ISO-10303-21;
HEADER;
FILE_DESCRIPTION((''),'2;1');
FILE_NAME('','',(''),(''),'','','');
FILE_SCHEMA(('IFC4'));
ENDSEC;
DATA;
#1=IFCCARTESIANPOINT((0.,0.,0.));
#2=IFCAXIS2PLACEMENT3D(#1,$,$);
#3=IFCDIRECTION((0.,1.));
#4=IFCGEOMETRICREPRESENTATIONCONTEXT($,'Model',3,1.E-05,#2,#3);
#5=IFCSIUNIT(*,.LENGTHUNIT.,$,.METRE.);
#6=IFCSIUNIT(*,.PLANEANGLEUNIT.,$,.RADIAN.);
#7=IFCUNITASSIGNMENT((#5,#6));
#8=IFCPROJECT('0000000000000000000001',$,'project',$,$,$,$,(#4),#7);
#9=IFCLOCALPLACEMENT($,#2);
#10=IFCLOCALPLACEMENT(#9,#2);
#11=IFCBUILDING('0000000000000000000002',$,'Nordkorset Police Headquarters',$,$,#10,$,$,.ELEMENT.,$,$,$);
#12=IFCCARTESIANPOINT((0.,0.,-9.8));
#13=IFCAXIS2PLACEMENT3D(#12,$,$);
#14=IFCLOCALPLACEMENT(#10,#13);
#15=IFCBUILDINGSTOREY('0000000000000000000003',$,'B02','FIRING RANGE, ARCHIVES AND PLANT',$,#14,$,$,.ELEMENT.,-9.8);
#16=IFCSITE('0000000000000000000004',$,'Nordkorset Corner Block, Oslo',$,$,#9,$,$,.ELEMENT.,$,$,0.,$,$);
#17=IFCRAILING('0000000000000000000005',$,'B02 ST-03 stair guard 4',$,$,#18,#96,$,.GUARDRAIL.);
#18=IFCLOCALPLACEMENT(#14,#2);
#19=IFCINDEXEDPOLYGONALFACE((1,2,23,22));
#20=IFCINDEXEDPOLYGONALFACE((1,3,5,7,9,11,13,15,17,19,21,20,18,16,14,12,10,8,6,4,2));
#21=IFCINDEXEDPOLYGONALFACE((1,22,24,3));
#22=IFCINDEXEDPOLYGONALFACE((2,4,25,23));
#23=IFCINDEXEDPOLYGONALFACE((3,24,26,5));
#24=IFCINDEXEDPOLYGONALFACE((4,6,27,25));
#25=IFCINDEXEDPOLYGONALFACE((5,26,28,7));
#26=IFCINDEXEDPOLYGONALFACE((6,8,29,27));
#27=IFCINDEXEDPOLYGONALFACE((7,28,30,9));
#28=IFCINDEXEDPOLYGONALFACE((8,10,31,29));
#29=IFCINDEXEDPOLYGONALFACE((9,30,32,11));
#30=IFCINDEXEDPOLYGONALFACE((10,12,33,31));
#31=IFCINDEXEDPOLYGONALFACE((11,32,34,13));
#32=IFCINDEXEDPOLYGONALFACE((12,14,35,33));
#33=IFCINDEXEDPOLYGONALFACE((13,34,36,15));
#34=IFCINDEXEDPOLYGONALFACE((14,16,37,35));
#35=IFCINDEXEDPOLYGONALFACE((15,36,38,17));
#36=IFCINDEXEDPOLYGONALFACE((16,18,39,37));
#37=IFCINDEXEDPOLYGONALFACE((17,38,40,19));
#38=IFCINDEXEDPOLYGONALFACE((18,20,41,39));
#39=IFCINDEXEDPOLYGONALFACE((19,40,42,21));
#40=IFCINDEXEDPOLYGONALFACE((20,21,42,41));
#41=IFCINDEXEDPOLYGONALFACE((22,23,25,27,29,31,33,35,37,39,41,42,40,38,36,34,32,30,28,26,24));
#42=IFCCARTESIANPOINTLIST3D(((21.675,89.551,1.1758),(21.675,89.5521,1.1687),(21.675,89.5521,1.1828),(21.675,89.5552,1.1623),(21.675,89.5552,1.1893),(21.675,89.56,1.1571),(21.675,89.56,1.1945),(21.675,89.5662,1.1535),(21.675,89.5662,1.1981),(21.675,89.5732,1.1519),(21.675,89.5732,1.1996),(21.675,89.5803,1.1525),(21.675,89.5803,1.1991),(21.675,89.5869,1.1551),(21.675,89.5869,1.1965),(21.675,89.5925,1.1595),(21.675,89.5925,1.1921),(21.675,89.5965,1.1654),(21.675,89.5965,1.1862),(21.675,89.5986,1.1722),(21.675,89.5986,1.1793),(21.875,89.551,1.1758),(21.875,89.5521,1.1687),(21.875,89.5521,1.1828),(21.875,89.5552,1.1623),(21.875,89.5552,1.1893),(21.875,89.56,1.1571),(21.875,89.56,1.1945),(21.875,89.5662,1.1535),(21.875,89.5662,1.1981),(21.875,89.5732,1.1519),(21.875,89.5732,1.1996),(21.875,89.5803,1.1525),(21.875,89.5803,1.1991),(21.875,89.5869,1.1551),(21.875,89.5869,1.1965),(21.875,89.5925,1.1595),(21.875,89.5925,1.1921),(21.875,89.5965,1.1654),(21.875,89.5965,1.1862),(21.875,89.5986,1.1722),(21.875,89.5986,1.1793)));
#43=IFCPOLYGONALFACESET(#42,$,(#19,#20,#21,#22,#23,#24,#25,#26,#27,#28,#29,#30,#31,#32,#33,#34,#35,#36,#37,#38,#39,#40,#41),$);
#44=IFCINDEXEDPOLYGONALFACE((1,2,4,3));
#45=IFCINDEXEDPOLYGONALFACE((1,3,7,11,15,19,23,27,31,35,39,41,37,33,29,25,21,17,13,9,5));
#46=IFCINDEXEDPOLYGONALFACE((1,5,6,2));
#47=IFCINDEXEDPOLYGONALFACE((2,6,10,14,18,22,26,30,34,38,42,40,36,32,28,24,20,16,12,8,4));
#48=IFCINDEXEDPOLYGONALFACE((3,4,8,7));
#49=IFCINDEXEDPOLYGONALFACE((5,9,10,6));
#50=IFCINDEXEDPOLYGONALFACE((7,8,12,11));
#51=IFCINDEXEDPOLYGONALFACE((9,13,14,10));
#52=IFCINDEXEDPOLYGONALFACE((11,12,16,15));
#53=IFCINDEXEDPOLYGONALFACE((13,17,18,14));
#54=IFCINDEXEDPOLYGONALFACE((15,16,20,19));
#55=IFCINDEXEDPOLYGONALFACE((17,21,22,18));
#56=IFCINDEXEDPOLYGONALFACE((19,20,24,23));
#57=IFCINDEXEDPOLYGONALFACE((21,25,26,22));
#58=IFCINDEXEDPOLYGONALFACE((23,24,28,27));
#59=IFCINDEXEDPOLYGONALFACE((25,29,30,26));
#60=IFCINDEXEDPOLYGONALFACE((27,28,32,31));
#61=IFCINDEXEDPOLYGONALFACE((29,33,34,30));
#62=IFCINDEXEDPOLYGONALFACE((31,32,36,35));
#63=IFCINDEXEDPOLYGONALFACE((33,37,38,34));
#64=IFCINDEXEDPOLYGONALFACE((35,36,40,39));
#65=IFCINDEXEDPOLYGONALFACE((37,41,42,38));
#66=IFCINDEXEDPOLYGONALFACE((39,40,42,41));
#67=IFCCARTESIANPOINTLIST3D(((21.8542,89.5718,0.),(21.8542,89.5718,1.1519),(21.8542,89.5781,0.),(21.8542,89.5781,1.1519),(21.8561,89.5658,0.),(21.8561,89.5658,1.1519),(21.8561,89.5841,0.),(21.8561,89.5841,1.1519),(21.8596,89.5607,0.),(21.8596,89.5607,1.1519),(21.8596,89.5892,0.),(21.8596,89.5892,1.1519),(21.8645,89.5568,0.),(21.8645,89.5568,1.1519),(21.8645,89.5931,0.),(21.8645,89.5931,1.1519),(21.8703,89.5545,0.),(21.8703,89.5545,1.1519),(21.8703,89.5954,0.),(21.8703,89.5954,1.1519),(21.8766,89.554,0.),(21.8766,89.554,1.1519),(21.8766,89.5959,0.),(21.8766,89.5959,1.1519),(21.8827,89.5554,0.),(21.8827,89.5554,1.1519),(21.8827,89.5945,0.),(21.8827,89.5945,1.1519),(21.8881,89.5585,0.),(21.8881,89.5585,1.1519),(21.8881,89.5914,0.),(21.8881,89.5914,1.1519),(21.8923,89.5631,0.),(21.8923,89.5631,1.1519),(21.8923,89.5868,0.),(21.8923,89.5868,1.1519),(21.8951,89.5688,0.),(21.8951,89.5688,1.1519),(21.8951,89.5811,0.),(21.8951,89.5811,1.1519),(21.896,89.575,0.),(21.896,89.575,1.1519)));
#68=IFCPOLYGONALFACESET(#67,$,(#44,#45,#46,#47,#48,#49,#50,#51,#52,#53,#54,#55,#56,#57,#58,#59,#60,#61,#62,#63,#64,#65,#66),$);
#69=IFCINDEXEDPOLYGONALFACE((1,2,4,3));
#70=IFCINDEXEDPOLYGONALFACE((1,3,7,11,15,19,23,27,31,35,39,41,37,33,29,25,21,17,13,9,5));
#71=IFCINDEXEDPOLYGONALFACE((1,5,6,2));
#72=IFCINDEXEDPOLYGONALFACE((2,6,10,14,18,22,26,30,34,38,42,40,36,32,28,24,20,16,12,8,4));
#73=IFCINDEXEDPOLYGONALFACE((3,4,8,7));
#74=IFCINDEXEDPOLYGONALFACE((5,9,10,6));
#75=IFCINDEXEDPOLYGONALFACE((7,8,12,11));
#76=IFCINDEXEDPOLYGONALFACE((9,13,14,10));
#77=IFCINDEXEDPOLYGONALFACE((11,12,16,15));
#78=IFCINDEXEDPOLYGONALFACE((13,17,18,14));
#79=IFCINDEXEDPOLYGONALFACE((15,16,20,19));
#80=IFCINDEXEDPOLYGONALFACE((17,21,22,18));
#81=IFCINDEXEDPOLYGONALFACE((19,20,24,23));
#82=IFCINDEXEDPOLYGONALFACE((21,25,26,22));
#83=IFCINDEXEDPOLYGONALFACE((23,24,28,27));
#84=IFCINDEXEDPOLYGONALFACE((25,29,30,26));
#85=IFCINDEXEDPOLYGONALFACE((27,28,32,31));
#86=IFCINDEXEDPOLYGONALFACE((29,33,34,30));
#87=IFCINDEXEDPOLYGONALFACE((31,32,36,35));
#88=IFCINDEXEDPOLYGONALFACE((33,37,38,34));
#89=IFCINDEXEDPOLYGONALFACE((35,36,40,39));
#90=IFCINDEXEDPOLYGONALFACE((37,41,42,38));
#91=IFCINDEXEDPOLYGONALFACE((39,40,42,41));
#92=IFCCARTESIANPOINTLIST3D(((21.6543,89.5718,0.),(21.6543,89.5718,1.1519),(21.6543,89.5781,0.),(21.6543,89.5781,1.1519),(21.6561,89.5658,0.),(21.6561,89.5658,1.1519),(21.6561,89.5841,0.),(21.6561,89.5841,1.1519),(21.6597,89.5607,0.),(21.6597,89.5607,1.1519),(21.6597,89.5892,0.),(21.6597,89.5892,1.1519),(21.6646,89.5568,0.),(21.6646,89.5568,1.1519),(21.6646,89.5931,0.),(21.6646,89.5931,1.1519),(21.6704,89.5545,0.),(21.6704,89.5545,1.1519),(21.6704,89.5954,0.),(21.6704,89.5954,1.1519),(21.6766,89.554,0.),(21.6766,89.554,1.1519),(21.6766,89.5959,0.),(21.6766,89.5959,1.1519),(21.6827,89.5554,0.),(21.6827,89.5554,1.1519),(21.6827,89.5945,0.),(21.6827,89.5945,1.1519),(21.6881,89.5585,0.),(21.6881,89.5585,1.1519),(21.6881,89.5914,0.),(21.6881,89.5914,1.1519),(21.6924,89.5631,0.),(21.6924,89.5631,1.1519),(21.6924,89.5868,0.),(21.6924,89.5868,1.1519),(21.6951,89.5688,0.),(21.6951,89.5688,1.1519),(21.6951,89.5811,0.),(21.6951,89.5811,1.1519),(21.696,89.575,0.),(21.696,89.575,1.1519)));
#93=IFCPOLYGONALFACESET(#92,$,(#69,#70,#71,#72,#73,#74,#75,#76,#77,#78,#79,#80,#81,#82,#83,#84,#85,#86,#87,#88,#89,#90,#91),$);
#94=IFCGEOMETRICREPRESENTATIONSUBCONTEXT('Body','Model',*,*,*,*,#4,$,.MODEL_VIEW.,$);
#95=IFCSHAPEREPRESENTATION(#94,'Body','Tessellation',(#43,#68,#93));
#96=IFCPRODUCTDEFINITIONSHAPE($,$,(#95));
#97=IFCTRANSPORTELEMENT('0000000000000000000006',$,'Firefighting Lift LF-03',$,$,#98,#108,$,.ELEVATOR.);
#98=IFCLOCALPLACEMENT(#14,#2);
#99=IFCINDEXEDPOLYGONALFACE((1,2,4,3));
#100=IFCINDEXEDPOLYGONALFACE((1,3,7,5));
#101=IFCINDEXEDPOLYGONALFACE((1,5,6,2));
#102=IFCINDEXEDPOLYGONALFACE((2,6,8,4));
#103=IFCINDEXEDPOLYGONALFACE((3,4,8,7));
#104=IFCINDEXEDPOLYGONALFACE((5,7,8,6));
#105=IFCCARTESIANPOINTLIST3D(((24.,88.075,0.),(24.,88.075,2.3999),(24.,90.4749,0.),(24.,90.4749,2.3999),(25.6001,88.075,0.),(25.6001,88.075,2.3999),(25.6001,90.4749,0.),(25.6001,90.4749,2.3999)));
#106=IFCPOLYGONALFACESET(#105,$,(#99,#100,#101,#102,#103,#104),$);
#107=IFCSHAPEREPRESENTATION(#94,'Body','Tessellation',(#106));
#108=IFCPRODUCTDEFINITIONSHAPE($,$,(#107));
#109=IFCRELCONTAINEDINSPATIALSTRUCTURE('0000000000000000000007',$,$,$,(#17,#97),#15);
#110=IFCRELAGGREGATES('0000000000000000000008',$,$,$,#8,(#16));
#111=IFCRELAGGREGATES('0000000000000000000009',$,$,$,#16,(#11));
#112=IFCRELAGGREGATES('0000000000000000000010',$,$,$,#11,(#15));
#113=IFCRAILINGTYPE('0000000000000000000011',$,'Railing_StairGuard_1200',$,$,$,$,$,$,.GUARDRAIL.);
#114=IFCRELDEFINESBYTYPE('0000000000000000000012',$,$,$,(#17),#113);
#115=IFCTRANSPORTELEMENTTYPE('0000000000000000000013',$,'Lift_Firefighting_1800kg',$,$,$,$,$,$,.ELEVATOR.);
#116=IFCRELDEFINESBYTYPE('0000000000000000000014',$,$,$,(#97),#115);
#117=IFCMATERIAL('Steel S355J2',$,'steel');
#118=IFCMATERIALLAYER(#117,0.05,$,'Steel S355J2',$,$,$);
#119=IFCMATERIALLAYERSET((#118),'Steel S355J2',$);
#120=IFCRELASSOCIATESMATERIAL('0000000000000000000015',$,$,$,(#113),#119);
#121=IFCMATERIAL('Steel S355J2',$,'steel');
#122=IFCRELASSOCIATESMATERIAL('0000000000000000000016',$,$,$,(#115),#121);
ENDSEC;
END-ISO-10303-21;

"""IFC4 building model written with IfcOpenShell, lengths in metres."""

from ifc_helpers import new_model, si_unit, direction, frame, origin, origin_2d, place, context, subcontext, project, spatial, rectangle, circle, extrude, material, layer, layer_set, type_object, element, save


model = new_model("IFC4")

# Units and contexts
model_context = context("Model", 3, precision=1e-05, world=origin(), true_north=direction((0.0, 1.0)))
body_context = subcontext(model_context, "Body", "Model", "MODEL_VIEW")
ifc_project = project(units=[si_unit("LENGTHUNIT", "METRE"), si_unit("PLANEANGLEUNIT", "RADIAN")], contexts=[model_context])

# Site, building, storey
site_placement = place(None, origin())
site = spatial("IfcSite", under=ifc_project, at=site_placement, Name="Nordkorset Corner Block, Oslo", CompositionType="ELEMENT", RefElevation=0.0)
building_placement = place(site_placement, origin())
building = spatial("IfcBuilding", under=site, at=building_placement, Name="Nordkorset Police Headquarters", CompositionType="ELEMENT")
storey_placement = place(building_placement, frame((0.0, 0.0, -9.8)))
storey = spatial("IfcBuildingStorey", under=building, at=storey_placement, Name="B02", Description="FIRING RANGE, ARCHIVES AND PLANT", CompositionType="ELEMENT", Elevation=-9.8)

# Railing
ifc_material_1 = material(Name="Steel S355J2", Category="steel")
ifc_layer_1 = layer(ifc_material_1, 0.05, Name="Steel S355J2")
ifc_layer_set_1 = layer_set([ifc_layer_1], Name="Steel S355J2")
railing_type = type_object("IfcRailingType", Name="Railing_StairGuard_1200", PredefinedType="GUARDRAIL", material=ifc_layer_set_1)
railing_1_placement = place(storey_placement, frame((21.875, 89.575, 0.0)))
element("IfcRailing", 1, at=railing_1_placement, inside=storey, type_object=railing_type, Name="B02 ST-03 stair guard 4", PredefinedType="GUARDRAIL", context=body_context, shape_type="SweptSolid", body=[
    extrude(circle(Radius=0.0239, at=origin_2d()), frame((0.0, 0.0, 1.1758), z_axis=(-1.0, 0.0, 0.0), x_axis=(0.0, -1.0, 0.0)), (0.0, 0.0, 1.0), 0.2),
    extrude(circle(Radius=0.021, at=origin_2d()), origin(), (0.0, 0.0, 1.0), 1.1519),
    extrude(circle(Radius=0.021, at=origin_2d()), frame((-0.2, 0.0, 0.0)), (0.0, 0.0, 1.0), 1.1519),
])

# Transport element
ifc_material_2 = material(Name="Steel S355J2", Category="steel")
transport_element_type = type_object("IfcTransportElementType", Name="Lift_Firefighting_1800kg", PredefinedType="ELEVATOR", material=ifc_material_2)
transport_element_placement = place(storey_placement, frame((24.8, 89.2749, 0.0), z_axis=(0.0, 0.0, 1.0), x_axis=(1.0, 0.0, 0.0)))
element("IfcTransportElement", 2, at=transport_element_placement, inside=storey, type_object=transport_element_type, Name="Firefighting Lift LF-03", PredefinedType="ELEVATOR", context=body_context, shape_type="SweptSolid", body=[
    extrude(rectangle(XDim=1.6001, YDim=2.3999, at=origin_2d()), origin(), (0.0, 0.0, 1.0), 2.3999),
])

save(model, "model.ifc")
